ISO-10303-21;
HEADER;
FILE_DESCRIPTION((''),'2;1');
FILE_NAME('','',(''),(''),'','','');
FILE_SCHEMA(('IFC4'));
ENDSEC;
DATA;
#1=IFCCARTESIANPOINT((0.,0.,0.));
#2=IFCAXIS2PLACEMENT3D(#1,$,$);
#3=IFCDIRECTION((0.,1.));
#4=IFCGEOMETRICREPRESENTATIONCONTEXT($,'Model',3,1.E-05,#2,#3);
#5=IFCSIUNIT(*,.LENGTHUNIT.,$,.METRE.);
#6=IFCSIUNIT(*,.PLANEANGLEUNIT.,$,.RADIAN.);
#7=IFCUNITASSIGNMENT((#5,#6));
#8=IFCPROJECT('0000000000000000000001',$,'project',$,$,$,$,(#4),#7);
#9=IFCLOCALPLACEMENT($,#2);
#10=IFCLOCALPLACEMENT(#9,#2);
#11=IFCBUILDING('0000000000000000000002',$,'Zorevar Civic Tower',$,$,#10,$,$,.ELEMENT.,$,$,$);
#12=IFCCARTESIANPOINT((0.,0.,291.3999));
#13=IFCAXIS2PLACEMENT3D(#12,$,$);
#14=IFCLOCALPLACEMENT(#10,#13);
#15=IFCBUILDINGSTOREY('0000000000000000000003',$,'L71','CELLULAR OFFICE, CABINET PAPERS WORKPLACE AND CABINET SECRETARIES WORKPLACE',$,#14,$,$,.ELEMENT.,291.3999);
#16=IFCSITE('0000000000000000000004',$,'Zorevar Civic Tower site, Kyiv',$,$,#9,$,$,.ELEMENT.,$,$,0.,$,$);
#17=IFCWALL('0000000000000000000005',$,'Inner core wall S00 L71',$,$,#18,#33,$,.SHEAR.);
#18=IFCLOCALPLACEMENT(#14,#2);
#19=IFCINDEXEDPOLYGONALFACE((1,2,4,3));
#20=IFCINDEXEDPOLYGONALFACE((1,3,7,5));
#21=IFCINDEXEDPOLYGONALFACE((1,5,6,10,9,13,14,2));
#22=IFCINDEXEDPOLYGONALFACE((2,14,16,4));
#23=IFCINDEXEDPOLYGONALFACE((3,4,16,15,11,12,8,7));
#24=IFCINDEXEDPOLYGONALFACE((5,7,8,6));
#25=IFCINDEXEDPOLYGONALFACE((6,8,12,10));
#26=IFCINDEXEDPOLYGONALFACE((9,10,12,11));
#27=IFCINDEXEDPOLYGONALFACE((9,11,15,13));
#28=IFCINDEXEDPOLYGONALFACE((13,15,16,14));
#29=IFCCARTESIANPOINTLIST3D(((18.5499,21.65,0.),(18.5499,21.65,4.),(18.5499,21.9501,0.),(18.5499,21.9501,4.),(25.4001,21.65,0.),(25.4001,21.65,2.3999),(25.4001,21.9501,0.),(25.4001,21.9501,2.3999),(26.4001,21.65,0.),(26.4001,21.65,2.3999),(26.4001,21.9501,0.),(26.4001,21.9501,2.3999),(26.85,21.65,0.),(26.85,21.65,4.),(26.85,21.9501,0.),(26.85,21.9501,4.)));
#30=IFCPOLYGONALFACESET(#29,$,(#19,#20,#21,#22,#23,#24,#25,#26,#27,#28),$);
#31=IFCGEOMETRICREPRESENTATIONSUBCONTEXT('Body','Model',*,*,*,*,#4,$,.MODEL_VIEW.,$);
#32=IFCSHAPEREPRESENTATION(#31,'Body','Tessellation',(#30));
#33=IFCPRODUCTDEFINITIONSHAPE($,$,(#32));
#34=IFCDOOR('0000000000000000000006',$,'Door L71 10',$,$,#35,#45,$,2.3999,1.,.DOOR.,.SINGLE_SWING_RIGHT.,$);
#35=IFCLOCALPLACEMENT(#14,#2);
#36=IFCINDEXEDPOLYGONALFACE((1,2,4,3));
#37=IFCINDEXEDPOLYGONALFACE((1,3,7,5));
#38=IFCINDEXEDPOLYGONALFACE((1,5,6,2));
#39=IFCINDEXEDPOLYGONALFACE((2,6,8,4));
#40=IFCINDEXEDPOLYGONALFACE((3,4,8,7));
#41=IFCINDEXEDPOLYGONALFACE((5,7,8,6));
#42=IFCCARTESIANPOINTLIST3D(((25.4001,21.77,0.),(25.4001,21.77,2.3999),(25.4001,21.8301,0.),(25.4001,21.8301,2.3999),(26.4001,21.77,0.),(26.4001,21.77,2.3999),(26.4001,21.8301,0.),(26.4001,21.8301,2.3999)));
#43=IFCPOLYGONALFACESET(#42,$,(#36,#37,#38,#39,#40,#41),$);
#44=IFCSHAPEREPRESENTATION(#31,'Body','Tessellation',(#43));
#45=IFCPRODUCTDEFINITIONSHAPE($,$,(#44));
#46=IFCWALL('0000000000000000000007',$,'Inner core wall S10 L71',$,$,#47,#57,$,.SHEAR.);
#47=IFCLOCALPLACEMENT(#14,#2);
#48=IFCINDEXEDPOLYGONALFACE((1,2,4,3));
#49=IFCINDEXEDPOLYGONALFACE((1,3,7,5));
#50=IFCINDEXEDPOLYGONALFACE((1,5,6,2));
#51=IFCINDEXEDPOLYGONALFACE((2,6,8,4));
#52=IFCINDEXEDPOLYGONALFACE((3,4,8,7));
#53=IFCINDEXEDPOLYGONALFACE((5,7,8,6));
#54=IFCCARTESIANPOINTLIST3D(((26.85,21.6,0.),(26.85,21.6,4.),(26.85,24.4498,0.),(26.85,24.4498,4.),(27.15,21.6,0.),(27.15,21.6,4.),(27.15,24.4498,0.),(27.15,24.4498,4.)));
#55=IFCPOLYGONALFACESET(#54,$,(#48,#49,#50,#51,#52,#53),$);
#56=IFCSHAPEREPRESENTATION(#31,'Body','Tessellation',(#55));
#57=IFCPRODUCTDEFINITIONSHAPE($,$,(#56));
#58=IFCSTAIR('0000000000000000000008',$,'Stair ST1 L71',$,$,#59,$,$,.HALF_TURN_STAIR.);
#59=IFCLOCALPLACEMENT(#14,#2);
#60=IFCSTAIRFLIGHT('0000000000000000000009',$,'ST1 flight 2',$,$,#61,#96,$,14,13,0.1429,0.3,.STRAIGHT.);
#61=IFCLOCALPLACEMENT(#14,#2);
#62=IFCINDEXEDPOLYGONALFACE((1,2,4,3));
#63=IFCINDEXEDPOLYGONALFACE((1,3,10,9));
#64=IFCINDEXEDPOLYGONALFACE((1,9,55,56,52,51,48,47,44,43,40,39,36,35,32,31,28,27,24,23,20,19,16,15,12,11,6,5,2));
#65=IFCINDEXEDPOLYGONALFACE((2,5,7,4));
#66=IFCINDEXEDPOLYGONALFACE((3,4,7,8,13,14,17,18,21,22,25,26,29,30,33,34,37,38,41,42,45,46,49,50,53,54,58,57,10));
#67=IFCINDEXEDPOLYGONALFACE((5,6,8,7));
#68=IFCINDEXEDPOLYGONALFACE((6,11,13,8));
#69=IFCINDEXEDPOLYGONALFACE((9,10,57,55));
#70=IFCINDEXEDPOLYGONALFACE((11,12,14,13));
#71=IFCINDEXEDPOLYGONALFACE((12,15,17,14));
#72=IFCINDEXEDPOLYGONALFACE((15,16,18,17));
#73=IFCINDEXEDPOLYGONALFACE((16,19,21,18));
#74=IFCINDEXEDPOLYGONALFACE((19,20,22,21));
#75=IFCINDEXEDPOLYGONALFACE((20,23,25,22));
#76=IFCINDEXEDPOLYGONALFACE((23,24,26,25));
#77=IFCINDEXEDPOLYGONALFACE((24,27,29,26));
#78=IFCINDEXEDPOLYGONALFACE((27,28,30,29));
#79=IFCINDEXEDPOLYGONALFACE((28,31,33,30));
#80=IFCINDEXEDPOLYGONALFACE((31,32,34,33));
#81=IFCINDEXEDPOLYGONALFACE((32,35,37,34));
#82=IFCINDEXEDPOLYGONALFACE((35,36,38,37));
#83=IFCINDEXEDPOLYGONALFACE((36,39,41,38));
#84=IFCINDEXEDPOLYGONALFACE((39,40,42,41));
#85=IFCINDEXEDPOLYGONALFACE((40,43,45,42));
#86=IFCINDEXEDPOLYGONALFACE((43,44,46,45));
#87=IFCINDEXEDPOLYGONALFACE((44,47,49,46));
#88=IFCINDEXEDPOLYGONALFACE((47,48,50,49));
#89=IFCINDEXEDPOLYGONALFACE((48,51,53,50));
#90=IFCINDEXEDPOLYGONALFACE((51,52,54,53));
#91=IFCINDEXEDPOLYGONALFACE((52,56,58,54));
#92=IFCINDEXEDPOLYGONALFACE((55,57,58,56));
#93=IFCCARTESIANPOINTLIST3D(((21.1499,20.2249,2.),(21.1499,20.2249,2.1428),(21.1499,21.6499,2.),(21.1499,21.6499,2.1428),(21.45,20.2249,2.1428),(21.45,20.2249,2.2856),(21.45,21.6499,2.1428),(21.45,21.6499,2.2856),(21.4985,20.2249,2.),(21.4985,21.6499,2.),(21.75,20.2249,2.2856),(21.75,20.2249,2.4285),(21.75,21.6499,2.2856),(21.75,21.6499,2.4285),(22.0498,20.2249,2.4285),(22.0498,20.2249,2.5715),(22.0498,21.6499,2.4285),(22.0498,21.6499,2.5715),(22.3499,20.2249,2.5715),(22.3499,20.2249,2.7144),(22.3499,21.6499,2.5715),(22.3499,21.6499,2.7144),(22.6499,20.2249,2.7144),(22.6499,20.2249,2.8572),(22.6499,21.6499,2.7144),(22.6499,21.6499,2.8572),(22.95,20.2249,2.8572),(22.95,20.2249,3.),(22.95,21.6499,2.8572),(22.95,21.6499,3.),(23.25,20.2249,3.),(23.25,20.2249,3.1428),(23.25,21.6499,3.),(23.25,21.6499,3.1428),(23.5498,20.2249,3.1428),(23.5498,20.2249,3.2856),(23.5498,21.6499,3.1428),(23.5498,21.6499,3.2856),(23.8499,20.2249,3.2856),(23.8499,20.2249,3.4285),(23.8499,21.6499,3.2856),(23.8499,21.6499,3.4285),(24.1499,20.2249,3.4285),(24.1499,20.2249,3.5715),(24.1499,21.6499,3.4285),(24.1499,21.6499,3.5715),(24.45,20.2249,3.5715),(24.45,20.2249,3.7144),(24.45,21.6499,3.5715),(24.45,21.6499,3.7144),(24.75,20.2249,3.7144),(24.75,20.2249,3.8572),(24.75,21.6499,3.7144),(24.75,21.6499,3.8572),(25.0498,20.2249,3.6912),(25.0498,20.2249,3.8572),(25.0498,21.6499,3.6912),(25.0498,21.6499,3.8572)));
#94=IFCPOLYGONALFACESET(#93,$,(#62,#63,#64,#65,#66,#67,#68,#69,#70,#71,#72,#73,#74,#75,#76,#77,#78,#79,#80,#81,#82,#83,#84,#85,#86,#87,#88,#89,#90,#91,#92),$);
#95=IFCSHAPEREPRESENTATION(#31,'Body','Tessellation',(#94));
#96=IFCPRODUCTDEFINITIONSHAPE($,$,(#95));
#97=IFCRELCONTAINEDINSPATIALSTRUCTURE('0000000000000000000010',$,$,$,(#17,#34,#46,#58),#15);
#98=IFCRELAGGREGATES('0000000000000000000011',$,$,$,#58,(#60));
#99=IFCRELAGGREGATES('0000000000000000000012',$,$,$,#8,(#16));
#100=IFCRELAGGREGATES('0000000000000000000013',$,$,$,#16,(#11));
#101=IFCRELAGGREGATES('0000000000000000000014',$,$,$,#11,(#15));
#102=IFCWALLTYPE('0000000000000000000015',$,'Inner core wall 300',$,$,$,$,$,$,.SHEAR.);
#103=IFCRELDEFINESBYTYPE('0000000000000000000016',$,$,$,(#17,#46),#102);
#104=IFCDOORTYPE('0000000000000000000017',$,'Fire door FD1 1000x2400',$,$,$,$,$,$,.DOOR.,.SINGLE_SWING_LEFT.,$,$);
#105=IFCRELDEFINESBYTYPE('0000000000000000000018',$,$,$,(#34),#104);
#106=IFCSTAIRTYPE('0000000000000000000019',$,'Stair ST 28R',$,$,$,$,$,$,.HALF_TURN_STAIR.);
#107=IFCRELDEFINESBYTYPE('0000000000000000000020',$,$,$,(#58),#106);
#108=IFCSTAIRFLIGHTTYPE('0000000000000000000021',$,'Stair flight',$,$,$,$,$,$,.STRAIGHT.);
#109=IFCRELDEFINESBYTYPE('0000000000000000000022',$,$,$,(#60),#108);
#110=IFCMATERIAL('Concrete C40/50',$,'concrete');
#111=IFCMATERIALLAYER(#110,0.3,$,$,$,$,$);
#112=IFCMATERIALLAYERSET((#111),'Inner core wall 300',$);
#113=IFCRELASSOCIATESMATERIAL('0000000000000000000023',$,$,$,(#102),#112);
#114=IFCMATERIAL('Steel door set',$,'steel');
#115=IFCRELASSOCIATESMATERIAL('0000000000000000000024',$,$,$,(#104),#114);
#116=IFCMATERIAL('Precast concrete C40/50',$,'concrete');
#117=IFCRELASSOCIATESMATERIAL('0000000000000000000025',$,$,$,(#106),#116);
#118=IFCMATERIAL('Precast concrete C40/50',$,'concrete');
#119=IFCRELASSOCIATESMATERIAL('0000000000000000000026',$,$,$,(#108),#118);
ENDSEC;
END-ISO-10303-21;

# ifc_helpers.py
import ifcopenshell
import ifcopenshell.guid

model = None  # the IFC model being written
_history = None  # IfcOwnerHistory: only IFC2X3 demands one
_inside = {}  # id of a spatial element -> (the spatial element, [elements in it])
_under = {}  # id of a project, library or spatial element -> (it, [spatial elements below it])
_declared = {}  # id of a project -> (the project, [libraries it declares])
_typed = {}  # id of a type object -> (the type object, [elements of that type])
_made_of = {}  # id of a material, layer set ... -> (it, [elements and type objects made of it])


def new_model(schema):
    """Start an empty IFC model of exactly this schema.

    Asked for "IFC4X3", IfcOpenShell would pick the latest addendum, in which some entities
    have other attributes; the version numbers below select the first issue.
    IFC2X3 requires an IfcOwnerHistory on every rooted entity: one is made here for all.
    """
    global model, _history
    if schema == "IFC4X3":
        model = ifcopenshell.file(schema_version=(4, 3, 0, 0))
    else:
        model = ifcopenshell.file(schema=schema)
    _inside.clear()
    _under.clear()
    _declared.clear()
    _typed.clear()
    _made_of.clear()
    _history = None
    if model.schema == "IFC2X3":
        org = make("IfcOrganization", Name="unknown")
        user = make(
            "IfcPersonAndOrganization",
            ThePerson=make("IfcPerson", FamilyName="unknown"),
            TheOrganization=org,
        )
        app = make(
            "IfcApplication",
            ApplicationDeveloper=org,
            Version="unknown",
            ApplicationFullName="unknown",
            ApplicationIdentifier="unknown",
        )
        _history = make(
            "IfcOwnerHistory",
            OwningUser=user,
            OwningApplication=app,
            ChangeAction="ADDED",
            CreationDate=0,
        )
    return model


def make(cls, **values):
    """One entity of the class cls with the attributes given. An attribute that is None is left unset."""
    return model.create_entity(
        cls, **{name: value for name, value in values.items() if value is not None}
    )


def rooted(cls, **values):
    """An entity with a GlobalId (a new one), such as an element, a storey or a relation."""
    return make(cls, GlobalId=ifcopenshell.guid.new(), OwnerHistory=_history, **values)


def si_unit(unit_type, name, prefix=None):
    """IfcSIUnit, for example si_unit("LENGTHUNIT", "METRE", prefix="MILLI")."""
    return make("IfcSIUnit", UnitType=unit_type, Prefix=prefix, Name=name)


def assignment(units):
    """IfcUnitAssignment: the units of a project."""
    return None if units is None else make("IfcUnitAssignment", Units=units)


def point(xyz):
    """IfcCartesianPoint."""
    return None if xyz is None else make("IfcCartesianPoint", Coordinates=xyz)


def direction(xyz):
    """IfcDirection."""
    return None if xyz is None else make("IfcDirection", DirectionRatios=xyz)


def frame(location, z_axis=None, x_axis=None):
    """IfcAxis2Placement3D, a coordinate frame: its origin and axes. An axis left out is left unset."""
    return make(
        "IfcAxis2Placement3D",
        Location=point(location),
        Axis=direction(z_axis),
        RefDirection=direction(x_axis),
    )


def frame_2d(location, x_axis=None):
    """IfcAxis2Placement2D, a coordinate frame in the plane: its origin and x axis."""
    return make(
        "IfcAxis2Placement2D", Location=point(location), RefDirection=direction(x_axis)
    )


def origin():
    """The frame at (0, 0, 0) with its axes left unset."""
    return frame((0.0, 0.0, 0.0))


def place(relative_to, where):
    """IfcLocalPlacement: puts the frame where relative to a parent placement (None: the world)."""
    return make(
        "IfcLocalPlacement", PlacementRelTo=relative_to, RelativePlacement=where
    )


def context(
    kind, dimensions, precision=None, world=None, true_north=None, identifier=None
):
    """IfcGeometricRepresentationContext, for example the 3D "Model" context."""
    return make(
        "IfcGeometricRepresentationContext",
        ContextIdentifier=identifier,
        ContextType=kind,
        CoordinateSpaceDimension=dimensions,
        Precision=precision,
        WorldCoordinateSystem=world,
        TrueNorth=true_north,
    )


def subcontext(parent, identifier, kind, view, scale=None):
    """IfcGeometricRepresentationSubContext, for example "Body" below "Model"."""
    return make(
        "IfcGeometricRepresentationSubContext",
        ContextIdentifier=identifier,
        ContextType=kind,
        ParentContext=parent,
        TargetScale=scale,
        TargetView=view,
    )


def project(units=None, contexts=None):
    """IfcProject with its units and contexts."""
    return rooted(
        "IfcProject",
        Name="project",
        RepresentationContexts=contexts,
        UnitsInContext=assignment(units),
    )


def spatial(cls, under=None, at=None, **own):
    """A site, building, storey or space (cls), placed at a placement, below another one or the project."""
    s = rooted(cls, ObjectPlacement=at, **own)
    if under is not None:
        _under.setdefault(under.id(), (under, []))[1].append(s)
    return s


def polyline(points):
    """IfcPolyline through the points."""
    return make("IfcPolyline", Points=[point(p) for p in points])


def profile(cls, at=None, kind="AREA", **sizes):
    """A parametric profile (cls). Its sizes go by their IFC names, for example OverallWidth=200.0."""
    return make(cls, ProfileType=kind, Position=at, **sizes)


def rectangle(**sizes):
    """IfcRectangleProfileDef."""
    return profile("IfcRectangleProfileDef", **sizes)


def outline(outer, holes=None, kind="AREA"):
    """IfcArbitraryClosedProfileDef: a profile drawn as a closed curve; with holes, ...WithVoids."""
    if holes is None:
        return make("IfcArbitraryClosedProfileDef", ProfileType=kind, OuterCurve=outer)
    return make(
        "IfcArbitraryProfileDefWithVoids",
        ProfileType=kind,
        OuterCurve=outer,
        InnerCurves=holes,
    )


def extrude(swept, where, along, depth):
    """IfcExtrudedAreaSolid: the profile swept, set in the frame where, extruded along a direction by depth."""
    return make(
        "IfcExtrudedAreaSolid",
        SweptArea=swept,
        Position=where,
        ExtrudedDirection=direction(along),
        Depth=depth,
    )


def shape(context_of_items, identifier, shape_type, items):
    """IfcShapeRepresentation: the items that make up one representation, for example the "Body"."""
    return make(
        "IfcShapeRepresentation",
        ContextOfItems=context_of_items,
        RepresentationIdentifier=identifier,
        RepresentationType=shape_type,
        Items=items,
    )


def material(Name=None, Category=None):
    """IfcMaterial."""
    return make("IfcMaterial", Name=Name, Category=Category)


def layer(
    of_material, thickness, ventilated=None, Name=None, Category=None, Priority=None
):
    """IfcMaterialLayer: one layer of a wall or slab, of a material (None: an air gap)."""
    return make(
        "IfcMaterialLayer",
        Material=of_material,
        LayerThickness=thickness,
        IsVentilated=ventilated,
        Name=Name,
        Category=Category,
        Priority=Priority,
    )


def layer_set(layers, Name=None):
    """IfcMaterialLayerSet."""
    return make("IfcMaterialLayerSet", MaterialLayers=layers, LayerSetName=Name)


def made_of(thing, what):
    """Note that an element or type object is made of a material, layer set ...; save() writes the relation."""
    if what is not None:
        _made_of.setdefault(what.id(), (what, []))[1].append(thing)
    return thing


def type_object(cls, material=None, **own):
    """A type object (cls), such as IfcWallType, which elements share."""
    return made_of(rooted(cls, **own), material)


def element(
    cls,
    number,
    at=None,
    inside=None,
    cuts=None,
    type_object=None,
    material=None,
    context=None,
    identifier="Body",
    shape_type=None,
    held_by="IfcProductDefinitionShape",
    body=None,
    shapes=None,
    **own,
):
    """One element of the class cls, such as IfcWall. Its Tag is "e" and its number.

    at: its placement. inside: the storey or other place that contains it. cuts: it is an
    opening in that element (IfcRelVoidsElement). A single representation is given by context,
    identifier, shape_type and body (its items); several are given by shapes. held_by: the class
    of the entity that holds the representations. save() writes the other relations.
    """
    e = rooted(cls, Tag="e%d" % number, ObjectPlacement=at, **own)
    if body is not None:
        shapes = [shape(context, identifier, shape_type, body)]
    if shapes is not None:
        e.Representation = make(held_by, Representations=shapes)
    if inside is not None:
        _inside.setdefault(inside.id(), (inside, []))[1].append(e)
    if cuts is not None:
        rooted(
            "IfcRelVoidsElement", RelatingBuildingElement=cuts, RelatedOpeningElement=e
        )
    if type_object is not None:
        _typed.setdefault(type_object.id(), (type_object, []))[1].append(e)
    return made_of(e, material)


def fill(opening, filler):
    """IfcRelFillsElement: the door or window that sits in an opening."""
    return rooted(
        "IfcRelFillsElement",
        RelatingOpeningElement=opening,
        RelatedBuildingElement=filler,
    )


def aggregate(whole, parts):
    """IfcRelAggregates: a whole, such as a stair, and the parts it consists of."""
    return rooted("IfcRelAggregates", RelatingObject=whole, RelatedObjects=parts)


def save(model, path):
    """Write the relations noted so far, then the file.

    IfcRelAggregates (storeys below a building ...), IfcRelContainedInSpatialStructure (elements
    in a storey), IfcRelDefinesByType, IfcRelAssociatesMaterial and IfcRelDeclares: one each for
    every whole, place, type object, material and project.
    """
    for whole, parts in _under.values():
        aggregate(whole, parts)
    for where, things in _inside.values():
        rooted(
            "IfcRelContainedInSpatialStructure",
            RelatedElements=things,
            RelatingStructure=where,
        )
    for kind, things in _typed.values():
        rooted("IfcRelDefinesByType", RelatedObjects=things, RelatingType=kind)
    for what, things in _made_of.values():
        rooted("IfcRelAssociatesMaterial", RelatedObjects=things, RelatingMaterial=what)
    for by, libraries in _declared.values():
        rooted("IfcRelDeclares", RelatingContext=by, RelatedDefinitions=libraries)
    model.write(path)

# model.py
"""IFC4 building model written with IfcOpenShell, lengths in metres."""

from ifc_helpers import new_model, si_unit, direction, frame, frame_2d, origin, place, context, subcontext, project, spatial, polyline, rectangle, outline, extrude, material, layer, layer_set, type_object, element, fill, aggregate, save


model = new_model("IFC4")

# Units and contexts
model_context = context("Model", 3, precision=1e-05, world=origin(), true_north=direction((0.0, 1.0)))
body_context = subcontext(model_context, "Body", "Model", "MODEL_VIEW")
ifc_project = project(units=[si_unit("LENGTHUNIT", "METRE"), si_unit("PLANEANGLEUNIT", "RADIAN")], contexts=[model_context])

# Site, building, storey
site_placement = place(None, origin())
site = spatial("IfcSite", under=ifc_project, at=site_placement, Name="Zorevar Civic Tower site, Kyiv", CompositionType="ELEMENT", RefElevation=0.0)
building_placement = place(site_placement, origin())
building = spatial("IfcBuilding", under=site, at=building_placement, Name="Zorevar Civic Tower", CompositionType="ELEMENT")
storey_placement = place(building_placement, frame((0.0, 0.0, 291.3999)))
storey = spatial("IfcBuildingStorey", under=building, at=storey_placement, Name="L71", Description="CELLULAR OFFICE, CABINET PAPERS WORKPLACE AND CABINET SECRETARIES WORKPLACE", CompositionType="ELEMENT", Elevation=291.3999)

# Wall, opening, door
ifc_material_1 = material(Name="Concrete C40/50", Category="concrete")
ifc_layer = layer(ifc_material_1, 0.3)
ifc_layer_set = layer_set([ifc_layer], Name="Inner core wall 300")
wall_type = type_object("IfcWallType", Name="Inner core wall 300", PredefinedType="SHEAR", material=ifc_layer_set)
wall_1_placement = place(storey_placement, frame((18.55, 21.8, 0.0), z_axis=(0.0, 0.0, 1.0), x_axis=(1.0, 0.0, 0.0)))
wall_1 = element("IfcWall", 1, at=wall_1_placement, inside=storey, type_object=wall_type, Name="Inner core wall S00 L71", PredefinedType="SHEAR", context=body_context, shape_type="SweptSolid", body=[
    extrude(rectangle(XDim=8.3, YDim=0.3, at=frame_2d((4.1499, 0.0))), origin(), (0.0, 0.0, 1.0), 4.0),
])
opening_1_placement = place(wall_1_placement, frame((6.8501, 0.0, 0.0)))
opening_1 = element("IfcOpeningElement", 2, at=opening_1_placement, cuts=wall_1, PredefinedType="OPENING", context=body_context, shape_type="SweptSolid", body=[
    extrude(rectangle(XDim=1.0, YDim=2.3999, at=frame_2d((0.5, 1.2))), frame((0.0, 0.1599, 0.0), z_axis=(0.0, -1.0, 0.0), x_axis=(1.0, 0.0, 0.0)), (0.0, 0.0, 1.0), 0.3201),
])
ifc_material_2 = material(Name="Steel door set", Category="steel")
door_type_1 = type_object("IfcDoorType", Name="Fire door FD1 1000x2400", OperationType="SINGLE_SWING_LEFT", PredefinedType="DOOR", material=ifc_material_2)
door_1_placement = place(opening_1_placement, origin())
door_1 = element("IfcDoor", 3, at=door_1_placement, inside=storey, type_object=door_type_1, Name="Door L71 10", OperationType="SINGLE_SWING_RIGHT", OverallHeight=2.3999, OverallWidth=1.0, PredefinedType="DOOR", context=body_context, shape_type="SweptSolid", body=[
    extrude(rectangle(XDim=1.0, YDim=2.3999, at=frame_2d((0.5, 1.2))), frame((0.0, 0.03, 0.0), z_axis=(0.0, -1.0, 0.0), x_axis=(1.0, 0.0, 0.0)), (0.0, 0.0, 1.0), 0.0601),
])
fill(opening_1, door_1)

# Wall
wall_2_placement = place(storey_placement, frame((27.0, 21.6001, 0.0), z_axis=(0.0, 0.0, 1.0), x_axis=(0.0, 1.0, 0.0)))
element("IfcWall", 4, at=wall_2_placement, inside=storey, type_object=wall_type, Name="Inner core wall S10 L71", PredefinedType="SHEAR", context=body_context, shape_type="SweptSolid", body=[
    extrude(rectangle(XDim=2.8499, YDim=0.3, at=frame_2d((1.4248, 0.0))), origin(), (0.0, 0.0, 1.0), 4.0),
])

# Stair, stair flight
ifc_material_3 = material(Name="Precast concrete C40/50", Category="concrete")
stair_type = type_object("IfcStairType", Name="Stair ST 28R", PredefinedType="HALF_TURN_STAIR", material=ifc_material_3)
stair_placement = place(storey_placement, origin())
stair = element("IfcStair", 5, at=stair_placement, inside=storey, type_object=stair_type, Name="Stair ST1 L71", PredefinedType="HALF_TURN_STAIR")
ifc_material_4 = material(Name="Precast concrete C40/50", Category="concrete")
stair_flight_type = type_object("IfcStairFlightType", Name="Stair flight", PredefinedType="STRAIGHT", material=ifc_material_4)
stair_flight_placement = place(storey_placement, frame((21.1499, 20.9375, 2.0), z_axis=(0.0, 0.0, 1.0), x_axis=(1.0, 0.0, 0.0)))
stair_flight = element("IfcStairFlight", 6, at=stair_flight_placement, type_object=stair_flight_type, Name="ST1 flight 2", NumberOfRisers=14, NumberOfTreads=13, PredefinedType="STRAIGHT", RiserHeight=0.1429, TreadLength=0.3, context=body_context, shape_type="SweptSolid", body=[
    extrude(outline(polyline([(0.0, 0.0), (0.0, 0.1428), (0.3, 0.1428), (0.3, 0.2856), (0.6001, 0.2856), (0.6001, 0.4285), (0.8999, 0.4285), (0.8999, 0.5715), (1.2, 0.5715), (1.2, 0.7144), (1.5, 0.7144), (1.5, 0.8572), (1.8, 0.8572), (1.8, 1.0), (2.1001, 1.0), (2.1001, 1.1428), (2.3999, 1.1428), (2.3999, 1.2856), (2.7, 1.2856), (2.7, 1.4285), (3.0, 1.4285), (3.0, 1.5715), (3.3, 1.5715), (3.3, 1.7144), (3.6001, 1.7144), (3.6001, 1.8572), (3.8999, 1.8572), (3.8999, 2.0), (3.8999, 1.6912), (0.3486, 0.0), (0.0, 0.0)])), frame((0.0, 0.7124, 0.0), z_axis=(0.0, -1.0, 0.0), x_axis=(1.0, 0.0, 0.0)), (0.0, 0.0, 1.0), 1.425),
])
aggregate(stair, [stair_flight])

save(model, "model.ifc")
